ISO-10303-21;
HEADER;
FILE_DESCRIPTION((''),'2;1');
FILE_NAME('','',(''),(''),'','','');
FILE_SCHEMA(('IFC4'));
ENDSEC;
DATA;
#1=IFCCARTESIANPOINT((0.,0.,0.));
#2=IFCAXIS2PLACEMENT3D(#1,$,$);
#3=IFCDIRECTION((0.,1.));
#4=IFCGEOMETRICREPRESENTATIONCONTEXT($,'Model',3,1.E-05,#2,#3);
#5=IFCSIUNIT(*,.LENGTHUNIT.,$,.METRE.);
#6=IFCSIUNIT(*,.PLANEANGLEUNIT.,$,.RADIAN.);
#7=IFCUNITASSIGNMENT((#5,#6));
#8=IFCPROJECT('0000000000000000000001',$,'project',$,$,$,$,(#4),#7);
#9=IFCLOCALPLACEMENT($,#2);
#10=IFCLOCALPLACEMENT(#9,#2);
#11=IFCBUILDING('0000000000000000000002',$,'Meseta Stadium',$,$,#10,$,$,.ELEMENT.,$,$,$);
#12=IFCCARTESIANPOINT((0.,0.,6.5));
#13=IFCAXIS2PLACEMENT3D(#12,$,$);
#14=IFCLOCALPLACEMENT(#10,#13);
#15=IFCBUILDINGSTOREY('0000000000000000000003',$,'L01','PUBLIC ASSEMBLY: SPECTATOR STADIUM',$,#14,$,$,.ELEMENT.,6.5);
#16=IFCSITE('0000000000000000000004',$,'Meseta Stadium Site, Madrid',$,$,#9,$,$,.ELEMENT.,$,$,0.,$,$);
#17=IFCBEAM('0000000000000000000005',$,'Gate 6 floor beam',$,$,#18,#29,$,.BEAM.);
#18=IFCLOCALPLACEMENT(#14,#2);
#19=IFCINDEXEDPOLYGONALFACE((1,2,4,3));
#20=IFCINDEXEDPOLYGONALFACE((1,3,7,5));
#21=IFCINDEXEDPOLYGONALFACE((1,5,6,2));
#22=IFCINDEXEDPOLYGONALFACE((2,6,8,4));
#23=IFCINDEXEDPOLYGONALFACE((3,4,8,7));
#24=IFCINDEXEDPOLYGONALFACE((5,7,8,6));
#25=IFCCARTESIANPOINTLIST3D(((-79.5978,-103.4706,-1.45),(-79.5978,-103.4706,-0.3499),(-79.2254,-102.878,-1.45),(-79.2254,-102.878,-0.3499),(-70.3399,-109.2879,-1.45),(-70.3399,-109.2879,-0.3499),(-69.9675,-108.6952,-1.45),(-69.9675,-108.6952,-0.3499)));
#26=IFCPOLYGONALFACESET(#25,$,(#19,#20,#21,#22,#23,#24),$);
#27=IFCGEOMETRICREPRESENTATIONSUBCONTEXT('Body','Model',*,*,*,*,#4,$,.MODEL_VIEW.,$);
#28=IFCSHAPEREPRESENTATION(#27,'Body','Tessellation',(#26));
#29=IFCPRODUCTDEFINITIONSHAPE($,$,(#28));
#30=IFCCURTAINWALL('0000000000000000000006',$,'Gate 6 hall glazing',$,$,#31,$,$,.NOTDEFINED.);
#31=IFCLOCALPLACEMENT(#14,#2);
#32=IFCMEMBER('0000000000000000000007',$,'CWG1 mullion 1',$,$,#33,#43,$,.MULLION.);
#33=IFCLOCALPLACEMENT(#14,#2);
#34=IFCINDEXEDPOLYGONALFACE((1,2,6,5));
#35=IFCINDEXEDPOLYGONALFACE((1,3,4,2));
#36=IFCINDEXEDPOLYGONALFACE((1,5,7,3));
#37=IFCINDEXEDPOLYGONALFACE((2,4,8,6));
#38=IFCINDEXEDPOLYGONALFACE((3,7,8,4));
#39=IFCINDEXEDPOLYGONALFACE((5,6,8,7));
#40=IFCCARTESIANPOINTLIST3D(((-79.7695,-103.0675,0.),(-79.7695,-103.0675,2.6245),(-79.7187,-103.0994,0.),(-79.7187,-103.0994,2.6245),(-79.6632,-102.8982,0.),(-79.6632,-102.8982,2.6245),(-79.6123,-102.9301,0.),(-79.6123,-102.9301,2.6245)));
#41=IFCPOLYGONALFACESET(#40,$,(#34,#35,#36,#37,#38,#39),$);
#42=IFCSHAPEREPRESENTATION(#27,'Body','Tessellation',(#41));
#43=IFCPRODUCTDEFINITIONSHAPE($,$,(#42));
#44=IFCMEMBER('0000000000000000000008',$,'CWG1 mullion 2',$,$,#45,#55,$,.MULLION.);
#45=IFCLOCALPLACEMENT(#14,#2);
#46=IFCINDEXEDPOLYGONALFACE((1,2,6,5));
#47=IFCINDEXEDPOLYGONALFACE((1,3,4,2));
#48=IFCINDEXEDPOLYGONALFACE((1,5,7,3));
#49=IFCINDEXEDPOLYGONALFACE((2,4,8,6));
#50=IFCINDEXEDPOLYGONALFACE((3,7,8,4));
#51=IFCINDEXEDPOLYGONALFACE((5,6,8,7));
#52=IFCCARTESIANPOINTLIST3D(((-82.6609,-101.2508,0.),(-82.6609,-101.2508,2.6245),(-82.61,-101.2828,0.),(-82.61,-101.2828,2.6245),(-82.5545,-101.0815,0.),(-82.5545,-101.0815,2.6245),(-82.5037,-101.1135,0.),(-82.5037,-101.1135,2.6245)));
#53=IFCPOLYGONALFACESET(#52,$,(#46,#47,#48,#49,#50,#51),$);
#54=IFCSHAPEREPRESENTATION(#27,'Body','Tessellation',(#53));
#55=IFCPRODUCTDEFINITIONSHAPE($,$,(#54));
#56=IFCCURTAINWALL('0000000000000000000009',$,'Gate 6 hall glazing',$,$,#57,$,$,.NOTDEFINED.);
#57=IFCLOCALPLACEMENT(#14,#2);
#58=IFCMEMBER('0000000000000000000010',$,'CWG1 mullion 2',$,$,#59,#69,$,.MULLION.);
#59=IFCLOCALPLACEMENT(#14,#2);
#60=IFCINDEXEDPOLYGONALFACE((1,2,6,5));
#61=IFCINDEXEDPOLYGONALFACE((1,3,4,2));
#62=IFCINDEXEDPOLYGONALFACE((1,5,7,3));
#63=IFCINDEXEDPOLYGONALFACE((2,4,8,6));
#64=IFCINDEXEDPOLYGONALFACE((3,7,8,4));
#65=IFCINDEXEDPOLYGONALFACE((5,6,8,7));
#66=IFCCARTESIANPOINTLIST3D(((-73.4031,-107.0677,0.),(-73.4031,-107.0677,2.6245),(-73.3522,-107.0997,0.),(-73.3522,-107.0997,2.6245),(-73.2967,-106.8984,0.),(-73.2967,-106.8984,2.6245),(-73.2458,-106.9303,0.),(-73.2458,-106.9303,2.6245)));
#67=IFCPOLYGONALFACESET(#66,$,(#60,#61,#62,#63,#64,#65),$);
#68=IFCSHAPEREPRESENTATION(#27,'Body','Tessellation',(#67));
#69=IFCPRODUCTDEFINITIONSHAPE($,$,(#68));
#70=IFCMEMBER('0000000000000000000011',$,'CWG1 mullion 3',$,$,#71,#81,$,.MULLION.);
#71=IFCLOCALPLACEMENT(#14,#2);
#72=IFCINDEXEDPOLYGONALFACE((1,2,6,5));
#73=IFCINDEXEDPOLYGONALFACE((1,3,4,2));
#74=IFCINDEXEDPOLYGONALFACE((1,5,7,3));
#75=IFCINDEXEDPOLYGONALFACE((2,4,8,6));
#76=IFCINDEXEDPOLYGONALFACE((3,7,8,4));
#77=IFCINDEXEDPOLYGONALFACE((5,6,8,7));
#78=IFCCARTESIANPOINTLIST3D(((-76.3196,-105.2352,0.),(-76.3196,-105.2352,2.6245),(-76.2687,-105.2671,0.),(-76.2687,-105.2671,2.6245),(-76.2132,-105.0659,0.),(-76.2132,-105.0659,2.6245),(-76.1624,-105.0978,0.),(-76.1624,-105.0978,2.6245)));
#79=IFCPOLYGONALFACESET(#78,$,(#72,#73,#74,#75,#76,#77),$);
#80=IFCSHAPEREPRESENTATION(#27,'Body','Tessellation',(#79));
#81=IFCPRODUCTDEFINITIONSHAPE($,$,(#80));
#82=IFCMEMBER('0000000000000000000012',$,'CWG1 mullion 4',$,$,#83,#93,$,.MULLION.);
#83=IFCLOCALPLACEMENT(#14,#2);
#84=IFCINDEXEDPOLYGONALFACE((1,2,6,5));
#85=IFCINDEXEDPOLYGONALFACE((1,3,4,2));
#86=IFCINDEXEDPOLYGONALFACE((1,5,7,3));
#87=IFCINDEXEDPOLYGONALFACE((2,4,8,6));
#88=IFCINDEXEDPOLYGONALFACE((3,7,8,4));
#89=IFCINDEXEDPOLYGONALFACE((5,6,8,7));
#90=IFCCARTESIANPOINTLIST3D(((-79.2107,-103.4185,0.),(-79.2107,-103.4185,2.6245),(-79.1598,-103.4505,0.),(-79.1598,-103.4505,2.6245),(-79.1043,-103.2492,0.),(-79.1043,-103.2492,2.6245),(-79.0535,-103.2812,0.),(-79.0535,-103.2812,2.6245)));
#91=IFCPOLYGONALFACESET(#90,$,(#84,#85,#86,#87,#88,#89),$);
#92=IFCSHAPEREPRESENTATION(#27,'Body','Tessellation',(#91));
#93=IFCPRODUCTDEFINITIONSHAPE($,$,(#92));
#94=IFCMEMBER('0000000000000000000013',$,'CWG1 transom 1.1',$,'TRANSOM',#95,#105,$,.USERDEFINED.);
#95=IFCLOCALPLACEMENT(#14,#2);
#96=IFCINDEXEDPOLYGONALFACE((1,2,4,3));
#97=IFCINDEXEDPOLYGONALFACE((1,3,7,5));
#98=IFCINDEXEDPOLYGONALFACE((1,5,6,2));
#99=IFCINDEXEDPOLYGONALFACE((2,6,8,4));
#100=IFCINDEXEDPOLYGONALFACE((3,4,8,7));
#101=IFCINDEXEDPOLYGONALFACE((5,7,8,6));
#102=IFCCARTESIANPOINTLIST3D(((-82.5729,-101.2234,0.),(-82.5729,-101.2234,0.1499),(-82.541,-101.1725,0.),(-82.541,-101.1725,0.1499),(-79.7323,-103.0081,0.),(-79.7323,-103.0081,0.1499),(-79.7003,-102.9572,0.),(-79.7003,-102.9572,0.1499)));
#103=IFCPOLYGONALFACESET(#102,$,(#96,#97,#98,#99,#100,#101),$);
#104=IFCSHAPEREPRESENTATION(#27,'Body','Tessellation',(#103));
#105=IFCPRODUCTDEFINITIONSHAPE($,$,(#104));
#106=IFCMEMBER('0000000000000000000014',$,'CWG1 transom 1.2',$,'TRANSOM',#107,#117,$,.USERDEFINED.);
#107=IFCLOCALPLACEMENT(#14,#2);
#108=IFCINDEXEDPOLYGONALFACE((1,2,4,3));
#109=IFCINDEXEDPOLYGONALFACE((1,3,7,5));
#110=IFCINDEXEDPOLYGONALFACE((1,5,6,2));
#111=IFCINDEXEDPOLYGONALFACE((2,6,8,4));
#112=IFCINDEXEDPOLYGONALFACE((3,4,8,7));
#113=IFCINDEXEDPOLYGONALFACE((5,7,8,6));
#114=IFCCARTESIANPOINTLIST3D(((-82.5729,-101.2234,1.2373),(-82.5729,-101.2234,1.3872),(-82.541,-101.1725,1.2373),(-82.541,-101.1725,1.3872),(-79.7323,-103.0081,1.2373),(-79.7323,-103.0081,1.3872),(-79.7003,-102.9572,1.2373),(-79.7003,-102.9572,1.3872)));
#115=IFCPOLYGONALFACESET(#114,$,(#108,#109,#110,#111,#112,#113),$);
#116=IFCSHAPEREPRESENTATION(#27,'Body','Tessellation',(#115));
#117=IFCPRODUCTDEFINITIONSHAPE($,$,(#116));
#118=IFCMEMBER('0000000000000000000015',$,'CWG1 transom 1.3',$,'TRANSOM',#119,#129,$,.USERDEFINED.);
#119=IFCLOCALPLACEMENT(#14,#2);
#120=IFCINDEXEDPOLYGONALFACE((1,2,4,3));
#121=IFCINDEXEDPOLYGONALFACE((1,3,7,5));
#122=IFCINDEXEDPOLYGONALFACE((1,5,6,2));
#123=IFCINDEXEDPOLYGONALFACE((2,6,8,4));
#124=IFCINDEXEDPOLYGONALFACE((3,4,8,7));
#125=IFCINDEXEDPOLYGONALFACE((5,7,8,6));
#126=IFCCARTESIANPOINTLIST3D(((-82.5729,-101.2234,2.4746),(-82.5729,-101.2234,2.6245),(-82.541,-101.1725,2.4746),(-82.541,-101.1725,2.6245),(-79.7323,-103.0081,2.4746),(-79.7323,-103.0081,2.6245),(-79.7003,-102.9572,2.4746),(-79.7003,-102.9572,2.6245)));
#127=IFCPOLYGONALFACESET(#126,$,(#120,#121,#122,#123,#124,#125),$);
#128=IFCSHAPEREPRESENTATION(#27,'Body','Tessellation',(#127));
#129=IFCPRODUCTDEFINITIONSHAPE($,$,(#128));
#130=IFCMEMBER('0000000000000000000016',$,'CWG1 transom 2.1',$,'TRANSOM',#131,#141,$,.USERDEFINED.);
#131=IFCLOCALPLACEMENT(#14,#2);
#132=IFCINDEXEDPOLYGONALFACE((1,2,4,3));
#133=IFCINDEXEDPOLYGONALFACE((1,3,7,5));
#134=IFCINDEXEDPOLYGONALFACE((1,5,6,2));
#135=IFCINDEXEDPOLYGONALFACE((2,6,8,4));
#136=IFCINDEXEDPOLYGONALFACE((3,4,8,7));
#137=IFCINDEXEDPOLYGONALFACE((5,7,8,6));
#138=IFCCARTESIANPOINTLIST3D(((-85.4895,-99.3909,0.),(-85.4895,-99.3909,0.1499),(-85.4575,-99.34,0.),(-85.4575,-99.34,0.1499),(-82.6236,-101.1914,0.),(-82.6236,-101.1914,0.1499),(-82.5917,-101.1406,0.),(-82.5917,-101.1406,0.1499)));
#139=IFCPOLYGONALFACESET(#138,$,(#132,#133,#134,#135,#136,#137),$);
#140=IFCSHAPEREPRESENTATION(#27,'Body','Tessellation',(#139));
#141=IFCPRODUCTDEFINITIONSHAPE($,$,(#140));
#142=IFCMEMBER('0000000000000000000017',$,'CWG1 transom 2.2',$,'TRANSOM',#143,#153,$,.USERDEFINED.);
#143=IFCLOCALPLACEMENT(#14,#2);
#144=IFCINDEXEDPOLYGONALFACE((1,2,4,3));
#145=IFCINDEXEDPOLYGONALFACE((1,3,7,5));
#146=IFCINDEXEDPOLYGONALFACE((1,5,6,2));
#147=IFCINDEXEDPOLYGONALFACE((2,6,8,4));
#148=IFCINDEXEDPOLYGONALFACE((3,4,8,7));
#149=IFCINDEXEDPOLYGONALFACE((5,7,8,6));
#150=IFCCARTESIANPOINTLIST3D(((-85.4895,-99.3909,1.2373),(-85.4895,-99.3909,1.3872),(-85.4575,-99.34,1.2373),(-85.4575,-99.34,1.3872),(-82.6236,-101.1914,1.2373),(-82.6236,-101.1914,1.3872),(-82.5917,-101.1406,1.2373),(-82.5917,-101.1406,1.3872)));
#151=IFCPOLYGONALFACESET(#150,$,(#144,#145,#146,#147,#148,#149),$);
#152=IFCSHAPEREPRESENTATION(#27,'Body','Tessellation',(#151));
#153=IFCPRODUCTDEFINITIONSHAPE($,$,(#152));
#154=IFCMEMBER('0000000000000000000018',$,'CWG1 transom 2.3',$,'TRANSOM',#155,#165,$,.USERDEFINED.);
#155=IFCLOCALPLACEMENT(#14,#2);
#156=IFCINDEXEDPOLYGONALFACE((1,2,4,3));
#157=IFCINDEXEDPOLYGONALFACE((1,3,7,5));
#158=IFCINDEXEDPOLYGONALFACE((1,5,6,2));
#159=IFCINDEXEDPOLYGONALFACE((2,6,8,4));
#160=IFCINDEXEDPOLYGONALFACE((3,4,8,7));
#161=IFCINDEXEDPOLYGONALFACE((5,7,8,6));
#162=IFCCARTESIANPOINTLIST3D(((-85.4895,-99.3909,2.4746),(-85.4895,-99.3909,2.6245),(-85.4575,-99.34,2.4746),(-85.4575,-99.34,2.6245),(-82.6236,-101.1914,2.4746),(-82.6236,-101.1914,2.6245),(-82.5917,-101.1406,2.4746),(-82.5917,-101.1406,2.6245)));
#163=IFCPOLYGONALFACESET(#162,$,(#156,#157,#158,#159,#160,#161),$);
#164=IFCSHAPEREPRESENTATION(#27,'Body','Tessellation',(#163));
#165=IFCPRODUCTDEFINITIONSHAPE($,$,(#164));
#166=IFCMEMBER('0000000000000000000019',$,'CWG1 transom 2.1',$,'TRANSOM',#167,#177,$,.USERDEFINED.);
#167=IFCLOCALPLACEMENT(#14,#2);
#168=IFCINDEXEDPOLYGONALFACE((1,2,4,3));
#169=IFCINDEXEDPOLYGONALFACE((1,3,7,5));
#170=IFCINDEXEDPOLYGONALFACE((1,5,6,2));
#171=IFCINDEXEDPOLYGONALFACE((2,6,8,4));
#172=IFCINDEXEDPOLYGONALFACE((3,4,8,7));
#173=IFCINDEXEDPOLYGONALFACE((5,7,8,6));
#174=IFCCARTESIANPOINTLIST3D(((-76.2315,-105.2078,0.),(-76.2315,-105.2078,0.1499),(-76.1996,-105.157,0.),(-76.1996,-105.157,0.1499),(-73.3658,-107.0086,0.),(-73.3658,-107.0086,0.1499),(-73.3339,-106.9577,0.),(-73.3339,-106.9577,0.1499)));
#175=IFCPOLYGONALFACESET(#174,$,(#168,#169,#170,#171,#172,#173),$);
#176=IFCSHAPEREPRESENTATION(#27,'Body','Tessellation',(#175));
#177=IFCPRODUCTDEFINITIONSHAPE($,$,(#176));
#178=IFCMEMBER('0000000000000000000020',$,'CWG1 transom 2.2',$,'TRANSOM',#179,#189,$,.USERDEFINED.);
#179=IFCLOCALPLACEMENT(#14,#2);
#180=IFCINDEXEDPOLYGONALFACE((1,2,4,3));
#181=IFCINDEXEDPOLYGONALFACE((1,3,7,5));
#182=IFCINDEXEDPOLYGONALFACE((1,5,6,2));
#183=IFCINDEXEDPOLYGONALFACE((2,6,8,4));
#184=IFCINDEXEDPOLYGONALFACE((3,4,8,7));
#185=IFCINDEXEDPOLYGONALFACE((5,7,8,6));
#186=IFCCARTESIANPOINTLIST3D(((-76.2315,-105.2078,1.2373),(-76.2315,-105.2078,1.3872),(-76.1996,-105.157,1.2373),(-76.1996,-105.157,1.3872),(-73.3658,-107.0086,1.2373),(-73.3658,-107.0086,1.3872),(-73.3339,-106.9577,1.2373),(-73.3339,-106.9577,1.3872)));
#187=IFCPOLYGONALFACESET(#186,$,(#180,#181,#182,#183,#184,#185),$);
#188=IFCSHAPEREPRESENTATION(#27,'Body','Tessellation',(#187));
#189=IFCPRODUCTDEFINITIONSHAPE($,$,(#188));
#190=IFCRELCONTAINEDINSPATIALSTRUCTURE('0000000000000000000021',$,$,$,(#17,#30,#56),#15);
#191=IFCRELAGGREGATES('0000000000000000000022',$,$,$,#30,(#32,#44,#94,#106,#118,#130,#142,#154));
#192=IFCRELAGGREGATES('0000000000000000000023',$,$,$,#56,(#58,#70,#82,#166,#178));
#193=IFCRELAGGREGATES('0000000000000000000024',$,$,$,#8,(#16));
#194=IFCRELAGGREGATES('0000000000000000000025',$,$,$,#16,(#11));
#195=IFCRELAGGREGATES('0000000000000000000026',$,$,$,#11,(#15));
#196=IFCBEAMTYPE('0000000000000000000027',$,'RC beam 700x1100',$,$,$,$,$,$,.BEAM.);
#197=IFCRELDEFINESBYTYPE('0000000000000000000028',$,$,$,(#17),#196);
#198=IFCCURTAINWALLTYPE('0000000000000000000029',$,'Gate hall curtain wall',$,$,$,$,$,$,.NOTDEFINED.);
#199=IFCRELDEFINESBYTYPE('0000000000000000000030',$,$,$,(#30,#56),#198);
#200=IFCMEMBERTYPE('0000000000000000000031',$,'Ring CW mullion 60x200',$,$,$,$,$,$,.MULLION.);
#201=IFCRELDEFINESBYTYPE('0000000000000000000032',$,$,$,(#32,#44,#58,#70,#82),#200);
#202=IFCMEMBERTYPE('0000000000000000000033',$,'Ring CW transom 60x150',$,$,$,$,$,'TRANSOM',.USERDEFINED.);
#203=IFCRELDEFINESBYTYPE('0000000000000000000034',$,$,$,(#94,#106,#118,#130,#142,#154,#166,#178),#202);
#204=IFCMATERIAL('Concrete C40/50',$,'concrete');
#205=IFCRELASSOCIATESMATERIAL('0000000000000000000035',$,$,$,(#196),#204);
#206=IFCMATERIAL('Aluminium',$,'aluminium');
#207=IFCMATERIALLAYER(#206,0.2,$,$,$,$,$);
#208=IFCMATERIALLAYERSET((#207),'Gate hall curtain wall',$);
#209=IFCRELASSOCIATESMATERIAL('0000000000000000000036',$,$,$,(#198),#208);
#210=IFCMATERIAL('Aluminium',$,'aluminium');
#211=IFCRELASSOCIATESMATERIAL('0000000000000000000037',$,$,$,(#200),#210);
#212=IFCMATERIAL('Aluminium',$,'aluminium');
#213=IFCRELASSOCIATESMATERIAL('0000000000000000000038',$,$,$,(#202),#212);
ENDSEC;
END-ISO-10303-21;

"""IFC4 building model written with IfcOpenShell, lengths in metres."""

from ifc_helpers import new_model, si_unit, direction, frame, origin, origin_2d, place, context, subcontext, project, spatial, rectangle, extrude, material, layer, layer_set, material_profile, profile_set, type_object, element, aggregate, save


model = new_model("IFC4")

# Units and contexts
model_context = context("Model", 3, precision=1e-05, world=origin(), true_north=direction((0.0, 1.0)))
body_context = subcontext(model_context, "Body", "Model", "MODEL_VIEW")
ifc_project = project(units=[si_unit("LENGTHUNIT", "METRE"), si_unit("PLANEANGLEUNIT", "RADIAN")], contexts=[model_context])

# Site, building, storey
site_placement = place(None, origin())
site = spatial("IfcSite", under=ifc_project, at=site_placement, Name="Meseta Stadium Site, Madrid", CompositionType="ELEMENT", RefElevation=0.0)
building_placement = place(site_placement, origin())
building = spatial("IfcBuilding", under=site, at=building_placement, Name="Meseta Stadium", CompositionType="ELEMENT")
storey_placement = place(building_placement, frame((0.0, 0.0, 6.5)))
storey = spatial("IfcBuildingStorey", under=building, at=storey_placement, Name="L01", Description="PUBLIC ASSEMBLY: SPECTATOR STADIUM", CompositionType="ELEMENT", Elevation=6.5)

# Beam
ifc_material_1 = material(Name="Concrete C40/50", Category="concrete")
ifc_material_profile_1 = material_profile(ifc_material_1, rectangle(XDim=0.7, YDim=1.1001, at=origin_2d()), Name="RC 700x1100")
ifc_profile_set_1 = profile_set([ifc_material_profile_1], Name="Concrete C40/50")
beam_type_1 = type_object("IfcBeamType", Name="RC beam 700x1100", PredefinedType="BEAM", material=ifc_profile_set_1)
beam_1_placement = place(storey_placement, frame((-79.4116, -103.1743, -0.8999), z_axis=(0.846721, -0.532037, 0.0), x_axis=(0.532037, 0.846721, 0.0)))
element("IfcBeam", 1, at=beam_1_placement, inside=storey, type_object=beam_type_1, Name="Gate 6 floor beam", PredefinedType="BEAM", context=body_context, shape_type="SweptSolid", body=[
    extrude(rectangle(XDim=0.7, YDim=1.1001, at=origin_2d()), origin(), (0.0, 0.0, 1.0), 10.9338),
])

# Curtain walls, members
ifc_material_2 = material(Name="Aluminium", Category="aluminium")
ifc_layer_1 = layer(ifc_material_2, 0.2)
ifc_layer_set_1 = layer_set([ifc_layer_1], Name="Gate hall curtain wall")
curtain_wall_type = type_object("IfcCurtainWallType", Name="Gate hall curtain wall", PredefinedType="NOTDEFINED", material=ifc_layer_set_1)
curtain_wall_1_placement = place(storey_placement, origin())
curtain_wall_1 = element("IfcCurtainWall", 2, at=curtain_wall_1_placement, inside=storey, type_object=curtain_wall_type, Name="Gate 6 hall glazing", PredefinedType="NOTDEFINED")
ifc_material_3 = material(Name="Aluminium", Category="aluminium")
ifc_material_profile_2 = material_profile(ifc_material_3, rectangle(XDim=0.2, YDim=0.0601, at=origin_2d()), Name="CW 200x60")
ifc_profile_set_2 = profile_set([ifc_material_profile_2], Name="Aluminium")
member_type_1 = type_object("IfcMemberType", Name="Ring CW mullion 60x200", PredefinedType="MULLION", material=ifc_profile_set_2)
member_1_placement = place(storey_placement, frame((-79.6909, -102.9988, 0.0), z_axis=(0.0, 0.0, 1.0), x_axis=(-0.532035, -0.846723, 0.0)))
member_1 = element("IfcMember", 3, at=member_1_placement, type_object=member_type_1, Name="CWG1 mullion 1", PredefinedType="MULLION", context=body_context, shape_type="SweptSolid", body=[
    extrude(rectangle(XDim=0.2, YDim=0.0601, at=origin_2d()), origin(), (0.0, 0.0, 1.0), 2.6245),
])
member_2_placement = place(storey_placement, frame((-82.5823, -101.1821, 0.0), z_axis=(0.0, 0.0, 1.0), x_axis=(-0.532035, -0.846723, 0.0)))
member_2 = element("IfcMember", 4, at=member_2_placement, type_object=member_type_1, Name="CWG1 mullion 2", PredefinedType="MULLION", context=body_context, shape_type="SweptSolid", body=[
    extrude(rectangle(XDim=0.2, YDim=0.0601, at=origin_2d()), origin(), (0.0, 0.0, 1.0), 2.6245),
])
curtain_wall_2_placement = place(storey_placement, origin())
curtain_wall_2 = element("IfcCurtainWall", 5, at=curtain_wall_2_placement, inside=storey, type_object=curtain_wall_type, Name="Gate 6 hall glazing", PredefinedType="NOTDEFINED")
member_3_placement = place(storey_placement, frame((-73.3245, -106.999, 0.0), z_axis=(0.0, 0.0, 1.0), x_axis=(-0.532028, -0.846727, 0.0)))
member_3 = element("IfcMember", 6, at=member_3_placement, type_object=member_type_1, Name="CWG1 mullion 2", PredefinedType="MULLION", context=body_context, shape_type="SweptSolid", body=[
    extrude(rectangle(XDim=0.2, YDim=0.0601, at=origin_2d()), origin(), (0.0, 0.0, 1.0), 2.6245),
])
member_4_placement = place(storey_placement, frame((-76.241, -105.1665, 0.0), z_axis=(0.0, 0.0, 1.0), x_axis=(-0.532028, -0.846727, 0.0)))
member_4 = element("IfcMember", 7, at=member_4_placement, type_object=member_type_1, Name="CWG1 mullion 3", PredefinedType="MULLION", context=body_context, shape_type="SweptSolid", body=[
    extrude(rectangle(XDim=0.2, YDim=0.0601, at=origin_2d()), origin(), (0.0, 0.0, 1.0), 2.6245),
])
member_5_placement = place(storey_placement, frame((-79.1321, -103.3499, 0.0), z_axis=(0.0, 0.0, 1.0), x_axis=(-0.532028, -0.846727, 0.0)))
member_5 = element("IfcMember", 8, at=member_5_placement, type_object=member_type_1, Name="CWG1 mullion 4", PredefinedType="MULLION", context=body_context, shape_type="SweptSolid", body=[
    extrude(rectangle(XDim=0.2, YDim=0.0601, at=origin_2d()), origin(), (0.0, 0.0, 1.0), 2.6245),
])

# Members
ifc_material_4 = material(Name="Aluminium", Category="aluminium")
ifc_material_profile_3 = material_profile(ifc_material_4, rectangle(XDim=0.0601, YDim=0.1499, at=origin_2d()), Name="CW 60x150")
ifc_profile_set_3 = profile_set([ifc_material_profile_3], Name="Aluminium")
member_type_2 = type_object("IfcMemberType", Name="Ring CW transom 60x150", ElementType="TRANSOM", PredefinedType="USERDEFINED", material=ifc_profile_set_3)
member_6_placement = place(storey_placement, frame((-79.7163, -102.9827, 0.075), z_axis=(-0.846749, 0.531993, 0.0), x_axis=(-0.531993, -0.846749, 0.0)))
member_6 = element("IfcMember", 9, at=member_6_placement, type_object=member_type_2, Name="CWG1 transom 1.1", ObjectType="TRANSOM", PredefinedType="USERDEFINED", context=body_context, shape_type="SweptSolid", body=[
    extrude(rectangle(XDim=0.0601, YDim=0.1499, at=origin_2d()), origin(), (0.0, 0.0, 1.0), 3.3547),
])
member_7_placement = place(storey_placement, frame((-79.7163, -102.9827, 1.3123), z_axis=(-0.846749, 0.531993, 0.0), x_axis=(-0.531993, -0.846749, 0.0)))
member_7 = element("IfcMember", 10, at=member_7_placement, type_object=member_type_2, Name="CWG1 transom 1.2", ObjectType="TRANSOM", PredefinedType="USERDEFINED", context=body_context, shape_type="SweptSolid", body=[
    extrude(rectangle(XDim=0.0601, YDim=0.1499, at=origin_2d()), origin(), (0.0, 0.0, 1.0), 3.3547),
])
member_8_placement = place(storey_placement, frame((-79.7163, -102.9827, 2.5496), z_axis=(-0.846749, 0.531993, 0.0), x_axis=(-0.531993, -0.846749, 0.0)))
member_8 = element("IfcMember", 11, at=member_8_placement, type_object=member_type_2, Name="CWG1 transom 1.3", ObjectType="TRANSOM", PredefinedType="USERDEFINED", context=body_context, shape_type="SweptSolid", body=[
    extrude(rectangle(XDim=0.0601, YDim=0.1499, at=origin_2d()), origin(), (0.0, 0.0, 1.0), 3.3547),
])
member_9_placement = place(storey_placement, frame((-82.6077, -101.166, 0.075), z_axis=(-0.84674, 0.532008, 0.0), x_axis=(-0.532008, -0.84674, 0.0)))
member_9 = element("IfcMember", 12, at=member_9_placement, type_object=member_type_2, Name="CWG1 transom 2.1", ObjectType="TRANSOM", PredefinedType="USERDEFINED", context=body_context, shape_type="SweptSolid", body=[
    extrude(rectangle(XDim=0.0601, YDim=0.1499, at=origin_2d()), origin(), (0.0, 0.0, 1.0), 3.3845),
])
member_10_placement = place(storey_placement, frame((-82.6077, -101.166, 1.3123), z_axis=(-0.84674, 0.532008, 0.0), x_axis=(-0.532008, -0.84674, 0.0)))
member_10 = element("IfcMember", 13, at=member_10_placement, type_object=member_type_2, Name="CWG1 transom 2.2", ObjectType="TRANSOM", PredefinedType="USERDEFINED", context=body_context, shape_type="SweptSolid", body=[
    extrude(rectangle(XDim=0.0601, YDim=0.1499, at=origin_2d()), origin(), (0.0, 0.0, 1.0), 3.3845),
])
member_11_placement = place(storey_placement, frame((-82.6077, -101.166, 2.5496), z_axis=(-0.84674, 0.532008, 0.0), x_axis=(-0.532008, -0.84674, 0.0)))
member_11 = element("IfcMember", 14, at=member_11_placement, type_object=member_type_2, Name="CWG1 transom 2.3", ObjectType="TRANSOM", PredefinedType="USERDEFINED", context=body_context, shape_type="SweptSolid", body=[
    extrude(rectangle(XDim=0.0601, YDim=0.1499, at=origin_2d()), origin(), (0.0, 0.0, 1.0), 3.3845),
])
member_12_placement = place(storey_placement, frame((-73.3499, -106.9832, 0.075), z_axis=(-0.846707, 0.532059, 0.0), x_axis=(-0.532059, -0.846707, 0.0)))
member_12 = element("IfcMember", 15, at=member_12_placement, type_object=member_type_2, Name="CWG1 transom 2.1", ObjectType="TRANSOM", PredefinedType="USERDEFINED", context=body_context, shape_type="SweptSolid", body=[
    extrude(rectangle(XDim=0.0601, YDim=0.1499, at=origin_2d()), origin(), (0.0, 0.0, 1.0), 3.3845),
])
member_13_placement = place(storey_placement, frame((-73.3499, -106.9832, 1.3123), z_axis=(-0.846707, 0.532059, 0.0), x_axis=(-0.532059, -0.846707, 0.0)))
member_13 = element("IfcMember", 16, at=member_13_placement, type_object=member_type_2, Name="CWG1 transom 2.2", ObjectType="TRANSOM", PredefinedType="USERDEFINED", context=body_context, shape_type="SweptSolid", body=[
    extrude(rectangle(XDim=0.0601, YDim=0.1499, at=origin_2d()), origin(), (0.0, 0.0, 1.0), 3.3845),
])

aggregate(curtain_wall_1, [member_1, member_2, member_6, member_7, member_8, member_9, member_10, member_11])
aggregate(curtain_wall_2, [member_3, member_4, member_5, member_12, member_13])

save(model, "model.ifc")
